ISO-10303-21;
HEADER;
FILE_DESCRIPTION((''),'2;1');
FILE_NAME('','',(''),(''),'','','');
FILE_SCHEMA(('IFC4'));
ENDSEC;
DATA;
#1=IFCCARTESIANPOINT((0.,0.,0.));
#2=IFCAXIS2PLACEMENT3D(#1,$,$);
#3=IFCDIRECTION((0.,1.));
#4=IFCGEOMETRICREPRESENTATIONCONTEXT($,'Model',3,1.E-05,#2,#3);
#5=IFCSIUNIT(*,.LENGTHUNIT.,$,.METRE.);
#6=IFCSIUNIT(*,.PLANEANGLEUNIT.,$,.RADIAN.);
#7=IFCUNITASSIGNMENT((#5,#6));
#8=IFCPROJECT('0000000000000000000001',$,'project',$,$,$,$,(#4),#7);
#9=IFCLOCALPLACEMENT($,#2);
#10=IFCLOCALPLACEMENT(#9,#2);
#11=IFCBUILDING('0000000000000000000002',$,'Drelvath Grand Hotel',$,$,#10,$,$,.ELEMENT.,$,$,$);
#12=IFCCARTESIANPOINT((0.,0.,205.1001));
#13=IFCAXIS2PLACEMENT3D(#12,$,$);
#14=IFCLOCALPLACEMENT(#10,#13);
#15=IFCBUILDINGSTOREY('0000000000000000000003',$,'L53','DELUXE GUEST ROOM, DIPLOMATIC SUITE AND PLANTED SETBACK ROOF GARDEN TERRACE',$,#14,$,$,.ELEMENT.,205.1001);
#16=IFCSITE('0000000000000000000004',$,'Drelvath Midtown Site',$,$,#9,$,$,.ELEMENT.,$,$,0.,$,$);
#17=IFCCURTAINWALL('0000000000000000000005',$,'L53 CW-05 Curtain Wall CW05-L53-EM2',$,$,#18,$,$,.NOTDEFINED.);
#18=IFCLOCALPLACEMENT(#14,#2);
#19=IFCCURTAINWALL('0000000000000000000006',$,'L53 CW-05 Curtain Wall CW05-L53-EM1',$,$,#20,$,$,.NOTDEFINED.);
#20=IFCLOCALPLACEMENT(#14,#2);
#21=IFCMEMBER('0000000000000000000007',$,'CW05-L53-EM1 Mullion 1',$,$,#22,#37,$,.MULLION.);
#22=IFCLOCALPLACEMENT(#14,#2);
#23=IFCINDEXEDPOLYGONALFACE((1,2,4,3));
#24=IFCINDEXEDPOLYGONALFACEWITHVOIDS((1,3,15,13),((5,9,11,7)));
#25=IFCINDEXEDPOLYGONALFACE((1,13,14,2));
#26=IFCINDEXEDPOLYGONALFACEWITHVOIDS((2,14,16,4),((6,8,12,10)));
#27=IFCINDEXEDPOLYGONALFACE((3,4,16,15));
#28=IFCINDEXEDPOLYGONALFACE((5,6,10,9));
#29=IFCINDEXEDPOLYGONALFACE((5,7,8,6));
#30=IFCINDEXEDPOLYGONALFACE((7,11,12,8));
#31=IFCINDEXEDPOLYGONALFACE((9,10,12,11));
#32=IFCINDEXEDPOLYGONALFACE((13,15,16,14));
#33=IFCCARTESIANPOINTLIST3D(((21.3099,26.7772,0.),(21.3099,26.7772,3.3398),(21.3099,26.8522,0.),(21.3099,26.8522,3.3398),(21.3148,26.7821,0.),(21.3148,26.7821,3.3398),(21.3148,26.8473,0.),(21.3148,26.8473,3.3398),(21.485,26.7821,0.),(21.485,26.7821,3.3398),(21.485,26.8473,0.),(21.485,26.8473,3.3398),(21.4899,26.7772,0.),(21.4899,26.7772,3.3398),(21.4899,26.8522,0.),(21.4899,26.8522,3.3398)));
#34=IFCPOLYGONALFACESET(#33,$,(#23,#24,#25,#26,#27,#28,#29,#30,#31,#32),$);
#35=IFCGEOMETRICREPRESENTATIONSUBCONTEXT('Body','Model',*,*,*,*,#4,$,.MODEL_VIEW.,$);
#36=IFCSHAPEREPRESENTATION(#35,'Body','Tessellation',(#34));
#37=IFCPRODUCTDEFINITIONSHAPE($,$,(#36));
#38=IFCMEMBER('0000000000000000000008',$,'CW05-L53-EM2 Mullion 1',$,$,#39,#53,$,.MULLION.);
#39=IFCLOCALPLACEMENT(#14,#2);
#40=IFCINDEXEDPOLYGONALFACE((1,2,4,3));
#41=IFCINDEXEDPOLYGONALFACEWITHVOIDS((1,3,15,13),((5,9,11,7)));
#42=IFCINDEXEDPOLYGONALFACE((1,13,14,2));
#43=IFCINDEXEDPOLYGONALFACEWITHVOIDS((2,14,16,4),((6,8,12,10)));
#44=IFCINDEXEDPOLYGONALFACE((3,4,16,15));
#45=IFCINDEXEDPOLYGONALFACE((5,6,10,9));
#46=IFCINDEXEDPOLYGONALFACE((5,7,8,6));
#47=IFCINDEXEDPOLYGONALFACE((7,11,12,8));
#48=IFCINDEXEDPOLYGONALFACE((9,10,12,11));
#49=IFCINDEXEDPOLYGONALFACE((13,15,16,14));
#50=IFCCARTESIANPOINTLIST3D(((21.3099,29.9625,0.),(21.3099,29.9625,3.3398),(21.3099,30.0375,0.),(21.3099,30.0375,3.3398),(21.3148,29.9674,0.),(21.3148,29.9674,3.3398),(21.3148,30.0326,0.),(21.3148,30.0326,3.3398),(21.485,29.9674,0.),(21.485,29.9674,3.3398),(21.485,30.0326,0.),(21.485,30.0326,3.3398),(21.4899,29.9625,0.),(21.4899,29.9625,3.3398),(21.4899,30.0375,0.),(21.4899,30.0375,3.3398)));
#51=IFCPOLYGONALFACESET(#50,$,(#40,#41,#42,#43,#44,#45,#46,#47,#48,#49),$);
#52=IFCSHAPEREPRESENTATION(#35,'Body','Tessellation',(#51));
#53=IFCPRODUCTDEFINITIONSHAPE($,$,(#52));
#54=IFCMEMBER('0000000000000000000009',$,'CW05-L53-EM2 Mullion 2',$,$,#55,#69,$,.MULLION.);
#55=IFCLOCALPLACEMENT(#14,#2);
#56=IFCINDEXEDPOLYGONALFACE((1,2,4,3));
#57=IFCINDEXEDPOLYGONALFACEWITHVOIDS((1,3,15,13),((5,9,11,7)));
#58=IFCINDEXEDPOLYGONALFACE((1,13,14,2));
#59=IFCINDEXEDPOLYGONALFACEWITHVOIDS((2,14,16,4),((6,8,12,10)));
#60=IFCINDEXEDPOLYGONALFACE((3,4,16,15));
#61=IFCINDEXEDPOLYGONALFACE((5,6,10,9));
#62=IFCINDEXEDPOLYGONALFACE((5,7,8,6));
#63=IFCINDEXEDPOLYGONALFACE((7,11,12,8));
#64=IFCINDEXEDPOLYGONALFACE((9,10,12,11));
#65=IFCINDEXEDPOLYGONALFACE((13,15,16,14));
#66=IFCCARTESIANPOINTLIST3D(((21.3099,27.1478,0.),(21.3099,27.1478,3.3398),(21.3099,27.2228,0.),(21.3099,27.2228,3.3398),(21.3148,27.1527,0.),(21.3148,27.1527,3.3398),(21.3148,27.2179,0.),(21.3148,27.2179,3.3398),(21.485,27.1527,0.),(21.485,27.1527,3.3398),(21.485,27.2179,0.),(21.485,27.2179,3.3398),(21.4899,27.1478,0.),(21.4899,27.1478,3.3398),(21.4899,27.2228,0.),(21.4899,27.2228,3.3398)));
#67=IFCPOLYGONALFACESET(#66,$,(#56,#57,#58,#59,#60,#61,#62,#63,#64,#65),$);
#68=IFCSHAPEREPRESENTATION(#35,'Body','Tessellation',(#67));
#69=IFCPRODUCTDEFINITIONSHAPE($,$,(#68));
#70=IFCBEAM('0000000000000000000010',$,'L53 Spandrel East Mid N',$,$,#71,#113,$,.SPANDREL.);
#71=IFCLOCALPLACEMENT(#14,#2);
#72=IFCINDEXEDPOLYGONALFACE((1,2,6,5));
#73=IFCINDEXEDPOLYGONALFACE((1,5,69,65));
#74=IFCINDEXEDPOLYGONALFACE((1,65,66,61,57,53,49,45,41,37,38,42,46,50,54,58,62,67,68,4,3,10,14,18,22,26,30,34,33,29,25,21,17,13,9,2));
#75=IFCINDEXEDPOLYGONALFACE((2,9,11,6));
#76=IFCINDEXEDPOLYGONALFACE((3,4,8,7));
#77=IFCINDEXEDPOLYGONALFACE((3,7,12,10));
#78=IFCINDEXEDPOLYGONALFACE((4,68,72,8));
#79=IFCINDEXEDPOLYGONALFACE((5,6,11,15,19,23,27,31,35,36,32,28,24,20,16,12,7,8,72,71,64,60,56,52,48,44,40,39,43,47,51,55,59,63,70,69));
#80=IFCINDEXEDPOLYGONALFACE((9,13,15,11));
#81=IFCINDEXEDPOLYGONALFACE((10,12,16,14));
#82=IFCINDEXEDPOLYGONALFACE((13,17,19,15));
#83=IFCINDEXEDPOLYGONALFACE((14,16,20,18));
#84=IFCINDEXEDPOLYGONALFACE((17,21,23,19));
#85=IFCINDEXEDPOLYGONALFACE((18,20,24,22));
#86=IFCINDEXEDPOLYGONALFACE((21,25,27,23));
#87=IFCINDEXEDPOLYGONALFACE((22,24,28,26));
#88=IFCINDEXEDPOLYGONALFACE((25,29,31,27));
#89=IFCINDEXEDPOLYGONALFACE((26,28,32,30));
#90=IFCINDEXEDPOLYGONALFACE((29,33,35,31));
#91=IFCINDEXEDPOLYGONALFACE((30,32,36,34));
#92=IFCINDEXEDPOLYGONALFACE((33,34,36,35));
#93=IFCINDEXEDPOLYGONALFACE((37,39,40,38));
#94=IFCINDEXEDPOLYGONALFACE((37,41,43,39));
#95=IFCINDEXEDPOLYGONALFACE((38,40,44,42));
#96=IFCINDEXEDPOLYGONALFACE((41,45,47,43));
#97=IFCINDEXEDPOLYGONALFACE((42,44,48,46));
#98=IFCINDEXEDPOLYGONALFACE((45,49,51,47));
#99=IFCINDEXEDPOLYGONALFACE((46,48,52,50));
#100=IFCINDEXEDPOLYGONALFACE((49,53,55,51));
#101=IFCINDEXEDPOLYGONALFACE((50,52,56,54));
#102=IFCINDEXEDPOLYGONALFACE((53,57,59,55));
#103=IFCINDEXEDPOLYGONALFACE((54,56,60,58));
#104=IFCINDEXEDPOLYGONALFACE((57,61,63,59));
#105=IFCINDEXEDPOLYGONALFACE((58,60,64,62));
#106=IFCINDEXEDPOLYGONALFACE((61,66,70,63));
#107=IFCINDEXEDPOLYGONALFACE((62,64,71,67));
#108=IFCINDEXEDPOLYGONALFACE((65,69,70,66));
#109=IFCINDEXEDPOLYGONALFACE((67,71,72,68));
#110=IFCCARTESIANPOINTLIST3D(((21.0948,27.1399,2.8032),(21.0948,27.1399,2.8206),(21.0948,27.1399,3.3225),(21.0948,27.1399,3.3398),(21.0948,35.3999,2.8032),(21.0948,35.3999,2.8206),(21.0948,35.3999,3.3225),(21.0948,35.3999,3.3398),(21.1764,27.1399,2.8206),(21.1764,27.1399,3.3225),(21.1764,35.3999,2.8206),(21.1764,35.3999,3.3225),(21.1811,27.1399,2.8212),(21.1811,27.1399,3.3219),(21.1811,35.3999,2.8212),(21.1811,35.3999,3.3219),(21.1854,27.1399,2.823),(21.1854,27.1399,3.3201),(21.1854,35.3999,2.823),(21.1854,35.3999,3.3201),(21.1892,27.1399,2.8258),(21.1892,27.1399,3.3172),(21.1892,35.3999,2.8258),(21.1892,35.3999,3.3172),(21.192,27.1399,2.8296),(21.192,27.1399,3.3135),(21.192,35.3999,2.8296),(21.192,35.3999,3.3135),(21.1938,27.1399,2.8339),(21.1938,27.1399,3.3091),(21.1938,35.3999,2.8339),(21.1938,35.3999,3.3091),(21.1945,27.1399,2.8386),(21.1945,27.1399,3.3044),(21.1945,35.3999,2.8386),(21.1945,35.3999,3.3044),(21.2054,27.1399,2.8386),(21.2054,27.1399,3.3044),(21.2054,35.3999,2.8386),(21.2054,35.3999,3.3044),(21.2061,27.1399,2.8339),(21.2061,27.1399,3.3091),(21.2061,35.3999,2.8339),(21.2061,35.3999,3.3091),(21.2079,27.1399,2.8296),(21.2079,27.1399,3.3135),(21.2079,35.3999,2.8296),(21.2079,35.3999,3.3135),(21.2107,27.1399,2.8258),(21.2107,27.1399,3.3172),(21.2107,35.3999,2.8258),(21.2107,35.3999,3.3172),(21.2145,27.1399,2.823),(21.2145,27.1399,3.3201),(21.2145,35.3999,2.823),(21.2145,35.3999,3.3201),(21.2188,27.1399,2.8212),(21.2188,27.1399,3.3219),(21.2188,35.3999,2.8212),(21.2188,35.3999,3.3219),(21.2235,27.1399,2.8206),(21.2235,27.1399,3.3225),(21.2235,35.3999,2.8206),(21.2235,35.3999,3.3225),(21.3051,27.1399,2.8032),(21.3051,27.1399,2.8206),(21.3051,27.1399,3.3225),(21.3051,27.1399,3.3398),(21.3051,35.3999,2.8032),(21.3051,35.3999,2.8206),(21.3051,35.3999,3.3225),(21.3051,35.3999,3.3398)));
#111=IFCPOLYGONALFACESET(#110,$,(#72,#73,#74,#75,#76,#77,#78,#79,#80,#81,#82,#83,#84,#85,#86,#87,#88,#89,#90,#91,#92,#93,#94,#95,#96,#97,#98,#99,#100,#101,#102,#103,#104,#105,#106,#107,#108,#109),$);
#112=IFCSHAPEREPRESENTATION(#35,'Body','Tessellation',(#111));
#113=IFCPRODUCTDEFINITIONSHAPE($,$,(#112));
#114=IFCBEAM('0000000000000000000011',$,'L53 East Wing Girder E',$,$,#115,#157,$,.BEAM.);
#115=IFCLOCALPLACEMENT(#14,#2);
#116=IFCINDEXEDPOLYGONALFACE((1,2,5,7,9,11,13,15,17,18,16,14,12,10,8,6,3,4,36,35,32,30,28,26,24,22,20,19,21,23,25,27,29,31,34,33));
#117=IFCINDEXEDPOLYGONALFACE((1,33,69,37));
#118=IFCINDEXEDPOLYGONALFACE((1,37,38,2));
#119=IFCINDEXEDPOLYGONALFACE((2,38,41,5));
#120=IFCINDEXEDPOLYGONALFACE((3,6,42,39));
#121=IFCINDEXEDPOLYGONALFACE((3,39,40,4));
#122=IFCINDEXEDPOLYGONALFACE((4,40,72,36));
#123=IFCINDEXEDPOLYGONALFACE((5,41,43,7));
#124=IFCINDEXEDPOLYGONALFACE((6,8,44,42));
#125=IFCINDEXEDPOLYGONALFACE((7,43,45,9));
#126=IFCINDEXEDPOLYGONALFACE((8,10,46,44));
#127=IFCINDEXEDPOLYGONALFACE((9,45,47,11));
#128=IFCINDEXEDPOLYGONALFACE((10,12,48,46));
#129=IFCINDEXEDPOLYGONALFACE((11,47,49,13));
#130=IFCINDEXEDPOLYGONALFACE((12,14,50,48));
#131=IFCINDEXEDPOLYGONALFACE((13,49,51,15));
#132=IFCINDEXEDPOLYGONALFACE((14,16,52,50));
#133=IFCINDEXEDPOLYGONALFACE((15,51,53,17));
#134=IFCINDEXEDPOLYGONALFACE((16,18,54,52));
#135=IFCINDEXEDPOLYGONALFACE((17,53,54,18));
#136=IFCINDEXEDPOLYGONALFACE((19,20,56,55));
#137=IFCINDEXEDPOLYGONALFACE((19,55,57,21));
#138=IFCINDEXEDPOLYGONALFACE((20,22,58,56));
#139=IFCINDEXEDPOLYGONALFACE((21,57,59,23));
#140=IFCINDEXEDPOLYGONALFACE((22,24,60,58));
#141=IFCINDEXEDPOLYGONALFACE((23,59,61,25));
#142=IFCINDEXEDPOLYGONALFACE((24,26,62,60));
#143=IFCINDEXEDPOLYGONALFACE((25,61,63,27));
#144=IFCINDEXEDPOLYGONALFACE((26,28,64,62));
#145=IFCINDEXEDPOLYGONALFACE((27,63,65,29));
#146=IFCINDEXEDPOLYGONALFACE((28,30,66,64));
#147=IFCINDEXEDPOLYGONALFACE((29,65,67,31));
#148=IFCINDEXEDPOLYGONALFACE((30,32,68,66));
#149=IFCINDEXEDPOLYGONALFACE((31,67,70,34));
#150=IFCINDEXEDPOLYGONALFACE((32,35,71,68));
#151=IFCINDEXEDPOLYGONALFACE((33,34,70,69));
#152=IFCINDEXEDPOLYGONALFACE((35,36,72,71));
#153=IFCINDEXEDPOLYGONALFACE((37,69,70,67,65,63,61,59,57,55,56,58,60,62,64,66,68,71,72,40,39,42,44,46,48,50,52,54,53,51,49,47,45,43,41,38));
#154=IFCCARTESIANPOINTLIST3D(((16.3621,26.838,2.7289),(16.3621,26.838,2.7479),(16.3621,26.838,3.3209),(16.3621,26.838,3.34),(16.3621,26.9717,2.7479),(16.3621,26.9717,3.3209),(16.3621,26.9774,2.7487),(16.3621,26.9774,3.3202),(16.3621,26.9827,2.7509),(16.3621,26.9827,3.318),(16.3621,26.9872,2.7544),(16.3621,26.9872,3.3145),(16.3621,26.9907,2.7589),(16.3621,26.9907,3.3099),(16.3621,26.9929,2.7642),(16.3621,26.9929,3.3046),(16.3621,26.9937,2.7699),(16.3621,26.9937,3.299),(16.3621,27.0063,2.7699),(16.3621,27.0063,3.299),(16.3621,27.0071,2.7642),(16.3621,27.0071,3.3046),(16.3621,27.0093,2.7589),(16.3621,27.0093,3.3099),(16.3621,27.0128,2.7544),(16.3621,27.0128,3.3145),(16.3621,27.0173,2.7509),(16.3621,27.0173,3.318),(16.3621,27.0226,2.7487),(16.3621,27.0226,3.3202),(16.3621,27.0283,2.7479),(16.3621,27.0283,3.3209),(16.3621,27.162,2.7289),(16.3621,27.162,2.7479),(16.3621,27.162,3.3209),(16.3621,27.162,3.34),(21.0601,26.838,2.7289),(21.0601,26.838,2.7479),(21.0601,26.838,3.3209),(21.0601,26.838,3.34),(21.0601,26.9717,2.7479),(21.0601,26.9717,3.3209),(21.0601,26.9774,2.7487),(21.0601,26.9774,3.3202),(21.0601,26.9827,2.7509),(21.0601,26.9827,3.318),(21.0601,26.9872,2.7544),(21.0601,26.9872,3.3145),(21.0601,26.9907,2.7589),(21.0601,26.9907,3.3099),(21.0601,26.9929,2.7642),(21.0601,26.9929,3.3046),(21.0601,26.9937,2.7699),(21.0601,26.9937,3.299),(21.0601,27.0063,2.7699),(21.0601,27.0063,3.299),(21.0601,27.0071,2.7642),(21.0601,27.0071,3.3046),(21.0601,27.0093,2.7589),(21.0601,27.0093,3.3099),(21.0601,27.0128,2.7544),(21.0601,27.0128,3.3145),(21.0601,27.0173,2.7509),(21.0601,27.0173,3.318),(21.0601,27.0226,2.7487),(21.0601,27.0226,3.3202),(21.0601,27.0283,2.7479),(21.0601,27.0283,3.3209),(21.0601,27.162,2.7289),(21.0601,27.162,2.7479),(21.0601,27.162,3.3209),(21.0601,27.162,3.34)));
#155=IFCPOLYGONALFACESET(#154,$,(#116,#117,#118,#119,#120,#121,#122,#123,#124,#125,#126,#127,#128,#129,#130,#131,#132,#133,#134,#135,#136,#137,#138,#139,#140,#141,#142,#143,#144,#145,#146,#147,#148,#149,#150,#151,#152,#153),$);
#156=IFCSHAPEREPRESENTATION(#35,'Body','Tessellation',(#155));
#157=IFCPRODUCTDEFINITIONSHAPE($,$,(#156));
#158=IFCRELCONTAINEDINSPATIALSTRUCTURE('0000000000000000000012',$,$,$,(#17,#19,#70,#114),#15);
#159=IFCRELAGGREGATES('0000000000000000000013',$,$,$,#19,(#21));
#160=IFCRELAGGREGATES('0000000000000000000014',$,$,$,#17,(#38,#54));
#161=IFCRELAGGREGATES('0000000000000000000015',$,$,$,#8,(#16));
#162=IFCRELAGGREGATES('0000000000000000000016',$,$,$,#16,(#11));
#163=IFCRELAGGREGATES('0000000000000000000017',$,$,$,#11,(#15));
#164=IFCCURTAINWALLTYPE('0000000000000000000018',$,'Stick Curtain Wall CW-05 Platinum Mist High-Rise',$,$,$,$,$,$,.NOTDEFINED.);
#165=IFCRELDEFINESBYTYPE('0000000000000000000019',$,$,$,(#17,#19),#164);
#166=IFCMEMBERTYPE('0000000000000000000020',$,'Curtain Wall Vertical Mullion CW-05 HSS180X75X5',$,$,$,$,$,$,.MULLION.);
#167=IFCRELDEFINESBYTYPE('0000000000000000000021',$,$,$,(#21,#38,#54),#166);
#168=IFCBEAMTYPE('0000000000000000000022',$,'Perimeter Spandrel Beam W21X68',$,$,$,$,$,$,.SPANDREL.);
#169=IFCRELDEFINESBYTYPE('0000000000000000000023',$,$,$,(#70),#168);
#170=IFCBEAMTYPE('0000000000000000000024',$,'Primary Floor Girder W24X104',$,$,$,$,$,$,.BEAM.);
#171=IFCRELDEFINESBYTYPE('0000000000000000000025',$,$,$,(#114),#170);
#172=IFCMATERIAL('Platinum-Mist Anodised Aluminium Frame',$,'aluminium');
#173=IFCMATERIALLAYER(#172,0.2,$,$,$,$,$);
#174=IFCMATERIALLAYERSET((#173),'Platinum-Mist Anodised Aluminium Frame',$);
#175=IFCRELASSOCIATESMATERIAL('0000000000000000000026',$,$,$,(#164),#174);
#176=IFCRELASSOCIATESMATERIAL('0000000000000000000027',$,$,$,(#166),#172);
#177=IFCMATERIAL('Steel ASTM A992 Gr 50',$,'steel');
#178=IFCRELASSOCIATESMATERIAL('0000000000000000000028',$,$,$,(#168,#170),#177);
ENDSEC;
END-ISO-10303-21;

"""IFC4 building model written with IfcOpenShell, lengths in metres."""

from ifc_helpers import new_model, si_unit, direction, frame, origin, origin_2d, place, context, subcontext, project, spatial, hollow_rectangle, i_section, extrude, material, layer, layer_set, material_profile, profile_set, type_object, element, aggregate, save


model = new_model("IFC4")

# Units and contexts
model_context = context("Model", 3, precision=1e-05, world=origin(), true_north=direction((0.0, 1.0)))
body_context = subcontext(model_context, "Body", "Model", "MODEL_VIEW")
ifc_project = project(units=[si_unit("LENGTHUNIT", "METRE"), si_unit("PLANEANGLEUNIT", "RADIAN")], contexts=[model_context])

# Site, building, storey
site_placement = place(None, origin())
site = spatial("IfcSite", under=ifc_project, at=site_placement, Name="Drelvath Midtown Site", CompositionType="ELEMENT", RefElevation=0.0)
building_placement = place(site_placement, origin())
building = spatial("IfcBuilding", under=site, at=building_placement, Name="Drelvath Grand Hotel", CompositionType="ELEMENT")
storey_placement = place(building_placement, frame((0.0, 0.0, 205.1001)))
storey = spatial("IfcBuildingStorey", under=building, at=storey_placement, Name="L53", Description="DELUXE GUEST ROOM, DIPLOMATIC SUITE AND PLANTED SETBACK ROOF GARDEN TERRACE", CompositionType="ELEMENT", Elevation=205.1001)

# Curtain wall
ifc_material_1 = material(Name="Platinum-Mist Anodised Aluminium Frame", Category="aluminium")
ifc_layer_1 = layer(ifc_material_1, 0.2)
ifc_layer_set_1 = layer_set([ifc_layer_1], Name="Platinum-Mist Anodised Aluminium Frame")
curtain_wall_type = type_object("IfcCurtainWallType", Name="Stick Curtain Wall CW-05 Platinum Mist High-Rise", PredefinedType="NOTDEFINED", material=ifc_layer_set_1)
curtain_wall_1_placement = place(storey_placement, origin())
curtain_wall_1 = element("IfcCurtainWall", 1, at=curtain_wall_1_placement, inside=storey, type_object=curtain_wall_type, Name="L53 CW-05 Curtain Wall CW05-L53-EM2", PredefinedType="NOTDEFINED")

# Shared definitions
ifc_material_profile_1 = material_profile(ifc_material_1, hollow_rectangle(XDim=0.075, YDim=0.1799, WallThickness=0.0049, at=origin_2d()), Name="HSS180X75X5")
ifc_profile_set_1 = profile_set([ifc_material_profile_1], Name="Platinum-Mist Anodised Aluminium Frame")
member_type_1 = type_object("IfcMemberType", Name="Curtain Wall Vertical Mullion CW-05 HSS180X75X5", PredefinedType="MULLION", material=ifc_profile_set_1)

# Curtain wall, member
curtain_wall_2_placement = place(storey_placement, origin())
curtain_wall_2 = element("IfcCurtainWall", 2, at=curtain_wall_2_placement, inside=storey, type_object=curtain_wall_type, Name="L53 CW-05 Curtain Wall CW05-L53-EM1", PredefinedType="NOTDEFINED")
member_1_placement = place(storey_placement, frame((21.3999, 26.8147, 0.0), z_axis=(0.0, 0.0, 1.0), x_axis=(0.0, 1.0, 0.0)))
member_1 = element("IfcMember", 3, at=member_1_placement, type_object=member_type_1, Name="CW05-L53-EM1 Mullion 1", PredefinedType="MULLION", context=body_context, shape_type="SweptSolid", body=[
    extrude(hollow_rectangle(XDim=0.075, YDim=0.1799, WallThickness=0.0049, at=origin_2d()), origin(), (0.0, 0.0, 1.0), 3.3398),
])
aggregate(curtain_wall_2, [member_1])

# Members
member_2_placement = place(storey_placement, frame((21.3999, 30.0, 0.0), z_axis=(0.0, 0.0, 1.0), x_axis=(0.0, 1.0, 0.0)))
member_2 = element("IfcMember", 4, at=member_2_placement, type_object=member_type_1, Name="CW05-L53-EM2 Mullion 1", PredefinedType="MULLION", context=body_context, shape_type="SweptSolid", body=[
    extrude(hollow_rectangle(XDim=0.075, YDim=0.1799, WallThickness=0.0049, at=origin_2d()), origin(), (0.0, 0.0, 1.0), 3.3398),
])
member_3_placement = place(storey_placement, frame((21.3999, 27.1853, 0.0), z_axis=(0.0, 0.0, 1.0), x_axis=(0.0, 1.0, 0.0)))
member_3 = element("IfcMember", 5, at=member_3_placement, type_object=member_type_1, Name="CW05-L53-EM2 Mullion 2", PredefinedType="MULLION", context=body_context, shape_type="SweptSolid", body=[
    extrude(hollow_rectangle(XDim=0.075, YDim=0.1799, WallThickness=0.0049, at=origin_2d()), origin(), (0.0, 0.0, 1.0), 3.3398),
])

# Beams
ifc_material_2 = material(Name="Steel ASTM A992 Gr 50", Category="steel")
ifc_material_profile_2 = material_profile(ifc_material_2, i_section(OverallWidth=0.2102, OverallDepth=0.5366, WebThickness=0.011, FlangeThickness=0.0173, FilletRadius=0.0181, at=origin_2d()), Name="W21X68")
ifc_profile_set_2 = profile_set([ifc_material_profile_2], Name="Steel ASTM A992 Gr 50")
beam_type_1 = type_object("IfcBeamType", Name="Perimeter Spandrel Beam W21X68", PredefinedType="SPANDREL", material=ifc_profile_set_2)
beam_1_placement = place(storey_placement, frame((21.2, 27.1399, 3.0715), z_axis=(0.0, 1.0, 0.0), x_axis=(-1.0, 0.0, 0.0)))
element("IfcBeam", 6, at=beam_1_placement, inside=storey, type_object=beam_type_1, Name="L53 Spandrel East Mid N", PredefinedType="SPANDREL", context=body_context, shape_type="SweptSolid", body=[
    extrude(i_section(OverallWidth=0.2102, OverallDepth=0.5366, WebThickness=0.011, FlangeThickness=0.0173, FilletRadius=0.0181, at=origin_2d()), origin(), (0.0, 0.0, 1.0), 8.26),
])
ifc_material_profile_3 = material_profile(ifc_material_2, i_section(OverallWidth=0.324, OverallDepth=0.6111, WebThickness=0.0127, FlangeThickness=0.019, FilletRadius=0.022, at=origin_2d()), Name="W24X104")
ifc_profile_set_3 = profile_set([ifc_material_profile_3], Name="Steel ASTM A992 Gr 50")
beam_type_2 = type_object("IfcBeamType", Name="Primary Floor Girder W24X104", PredefinedType="BEAM", material=ifc_profile_set_3)
beam_2_placement = place(storey_placement, frame((16.3621, 27.0, 3.0344), z_axis=(1.0, 0.0, 0.0), x_axis=(0.0, 1.0, 0.0)))
element("IfcBeam", 7, at=beam_2_placement, inside=storey, type_object=beam_type_2, Name="L53 East Wing Girder E", PredefinedType="BEAM", context=body_context, shape_type="SweptSolid", body=[
    extrude(i_section(OverallWidth=0.324, OverallDepth=0.6111, WebThickness=0.0127, FlangeThickness=0.019, FilletRadius=0.022, at=origin_2d()), origin(), (0.0, 0.0, 1.0), 4.698),
])

aggregate(curtain_wall_1, [member_2, member_3])

save(model, "model.ifc")
